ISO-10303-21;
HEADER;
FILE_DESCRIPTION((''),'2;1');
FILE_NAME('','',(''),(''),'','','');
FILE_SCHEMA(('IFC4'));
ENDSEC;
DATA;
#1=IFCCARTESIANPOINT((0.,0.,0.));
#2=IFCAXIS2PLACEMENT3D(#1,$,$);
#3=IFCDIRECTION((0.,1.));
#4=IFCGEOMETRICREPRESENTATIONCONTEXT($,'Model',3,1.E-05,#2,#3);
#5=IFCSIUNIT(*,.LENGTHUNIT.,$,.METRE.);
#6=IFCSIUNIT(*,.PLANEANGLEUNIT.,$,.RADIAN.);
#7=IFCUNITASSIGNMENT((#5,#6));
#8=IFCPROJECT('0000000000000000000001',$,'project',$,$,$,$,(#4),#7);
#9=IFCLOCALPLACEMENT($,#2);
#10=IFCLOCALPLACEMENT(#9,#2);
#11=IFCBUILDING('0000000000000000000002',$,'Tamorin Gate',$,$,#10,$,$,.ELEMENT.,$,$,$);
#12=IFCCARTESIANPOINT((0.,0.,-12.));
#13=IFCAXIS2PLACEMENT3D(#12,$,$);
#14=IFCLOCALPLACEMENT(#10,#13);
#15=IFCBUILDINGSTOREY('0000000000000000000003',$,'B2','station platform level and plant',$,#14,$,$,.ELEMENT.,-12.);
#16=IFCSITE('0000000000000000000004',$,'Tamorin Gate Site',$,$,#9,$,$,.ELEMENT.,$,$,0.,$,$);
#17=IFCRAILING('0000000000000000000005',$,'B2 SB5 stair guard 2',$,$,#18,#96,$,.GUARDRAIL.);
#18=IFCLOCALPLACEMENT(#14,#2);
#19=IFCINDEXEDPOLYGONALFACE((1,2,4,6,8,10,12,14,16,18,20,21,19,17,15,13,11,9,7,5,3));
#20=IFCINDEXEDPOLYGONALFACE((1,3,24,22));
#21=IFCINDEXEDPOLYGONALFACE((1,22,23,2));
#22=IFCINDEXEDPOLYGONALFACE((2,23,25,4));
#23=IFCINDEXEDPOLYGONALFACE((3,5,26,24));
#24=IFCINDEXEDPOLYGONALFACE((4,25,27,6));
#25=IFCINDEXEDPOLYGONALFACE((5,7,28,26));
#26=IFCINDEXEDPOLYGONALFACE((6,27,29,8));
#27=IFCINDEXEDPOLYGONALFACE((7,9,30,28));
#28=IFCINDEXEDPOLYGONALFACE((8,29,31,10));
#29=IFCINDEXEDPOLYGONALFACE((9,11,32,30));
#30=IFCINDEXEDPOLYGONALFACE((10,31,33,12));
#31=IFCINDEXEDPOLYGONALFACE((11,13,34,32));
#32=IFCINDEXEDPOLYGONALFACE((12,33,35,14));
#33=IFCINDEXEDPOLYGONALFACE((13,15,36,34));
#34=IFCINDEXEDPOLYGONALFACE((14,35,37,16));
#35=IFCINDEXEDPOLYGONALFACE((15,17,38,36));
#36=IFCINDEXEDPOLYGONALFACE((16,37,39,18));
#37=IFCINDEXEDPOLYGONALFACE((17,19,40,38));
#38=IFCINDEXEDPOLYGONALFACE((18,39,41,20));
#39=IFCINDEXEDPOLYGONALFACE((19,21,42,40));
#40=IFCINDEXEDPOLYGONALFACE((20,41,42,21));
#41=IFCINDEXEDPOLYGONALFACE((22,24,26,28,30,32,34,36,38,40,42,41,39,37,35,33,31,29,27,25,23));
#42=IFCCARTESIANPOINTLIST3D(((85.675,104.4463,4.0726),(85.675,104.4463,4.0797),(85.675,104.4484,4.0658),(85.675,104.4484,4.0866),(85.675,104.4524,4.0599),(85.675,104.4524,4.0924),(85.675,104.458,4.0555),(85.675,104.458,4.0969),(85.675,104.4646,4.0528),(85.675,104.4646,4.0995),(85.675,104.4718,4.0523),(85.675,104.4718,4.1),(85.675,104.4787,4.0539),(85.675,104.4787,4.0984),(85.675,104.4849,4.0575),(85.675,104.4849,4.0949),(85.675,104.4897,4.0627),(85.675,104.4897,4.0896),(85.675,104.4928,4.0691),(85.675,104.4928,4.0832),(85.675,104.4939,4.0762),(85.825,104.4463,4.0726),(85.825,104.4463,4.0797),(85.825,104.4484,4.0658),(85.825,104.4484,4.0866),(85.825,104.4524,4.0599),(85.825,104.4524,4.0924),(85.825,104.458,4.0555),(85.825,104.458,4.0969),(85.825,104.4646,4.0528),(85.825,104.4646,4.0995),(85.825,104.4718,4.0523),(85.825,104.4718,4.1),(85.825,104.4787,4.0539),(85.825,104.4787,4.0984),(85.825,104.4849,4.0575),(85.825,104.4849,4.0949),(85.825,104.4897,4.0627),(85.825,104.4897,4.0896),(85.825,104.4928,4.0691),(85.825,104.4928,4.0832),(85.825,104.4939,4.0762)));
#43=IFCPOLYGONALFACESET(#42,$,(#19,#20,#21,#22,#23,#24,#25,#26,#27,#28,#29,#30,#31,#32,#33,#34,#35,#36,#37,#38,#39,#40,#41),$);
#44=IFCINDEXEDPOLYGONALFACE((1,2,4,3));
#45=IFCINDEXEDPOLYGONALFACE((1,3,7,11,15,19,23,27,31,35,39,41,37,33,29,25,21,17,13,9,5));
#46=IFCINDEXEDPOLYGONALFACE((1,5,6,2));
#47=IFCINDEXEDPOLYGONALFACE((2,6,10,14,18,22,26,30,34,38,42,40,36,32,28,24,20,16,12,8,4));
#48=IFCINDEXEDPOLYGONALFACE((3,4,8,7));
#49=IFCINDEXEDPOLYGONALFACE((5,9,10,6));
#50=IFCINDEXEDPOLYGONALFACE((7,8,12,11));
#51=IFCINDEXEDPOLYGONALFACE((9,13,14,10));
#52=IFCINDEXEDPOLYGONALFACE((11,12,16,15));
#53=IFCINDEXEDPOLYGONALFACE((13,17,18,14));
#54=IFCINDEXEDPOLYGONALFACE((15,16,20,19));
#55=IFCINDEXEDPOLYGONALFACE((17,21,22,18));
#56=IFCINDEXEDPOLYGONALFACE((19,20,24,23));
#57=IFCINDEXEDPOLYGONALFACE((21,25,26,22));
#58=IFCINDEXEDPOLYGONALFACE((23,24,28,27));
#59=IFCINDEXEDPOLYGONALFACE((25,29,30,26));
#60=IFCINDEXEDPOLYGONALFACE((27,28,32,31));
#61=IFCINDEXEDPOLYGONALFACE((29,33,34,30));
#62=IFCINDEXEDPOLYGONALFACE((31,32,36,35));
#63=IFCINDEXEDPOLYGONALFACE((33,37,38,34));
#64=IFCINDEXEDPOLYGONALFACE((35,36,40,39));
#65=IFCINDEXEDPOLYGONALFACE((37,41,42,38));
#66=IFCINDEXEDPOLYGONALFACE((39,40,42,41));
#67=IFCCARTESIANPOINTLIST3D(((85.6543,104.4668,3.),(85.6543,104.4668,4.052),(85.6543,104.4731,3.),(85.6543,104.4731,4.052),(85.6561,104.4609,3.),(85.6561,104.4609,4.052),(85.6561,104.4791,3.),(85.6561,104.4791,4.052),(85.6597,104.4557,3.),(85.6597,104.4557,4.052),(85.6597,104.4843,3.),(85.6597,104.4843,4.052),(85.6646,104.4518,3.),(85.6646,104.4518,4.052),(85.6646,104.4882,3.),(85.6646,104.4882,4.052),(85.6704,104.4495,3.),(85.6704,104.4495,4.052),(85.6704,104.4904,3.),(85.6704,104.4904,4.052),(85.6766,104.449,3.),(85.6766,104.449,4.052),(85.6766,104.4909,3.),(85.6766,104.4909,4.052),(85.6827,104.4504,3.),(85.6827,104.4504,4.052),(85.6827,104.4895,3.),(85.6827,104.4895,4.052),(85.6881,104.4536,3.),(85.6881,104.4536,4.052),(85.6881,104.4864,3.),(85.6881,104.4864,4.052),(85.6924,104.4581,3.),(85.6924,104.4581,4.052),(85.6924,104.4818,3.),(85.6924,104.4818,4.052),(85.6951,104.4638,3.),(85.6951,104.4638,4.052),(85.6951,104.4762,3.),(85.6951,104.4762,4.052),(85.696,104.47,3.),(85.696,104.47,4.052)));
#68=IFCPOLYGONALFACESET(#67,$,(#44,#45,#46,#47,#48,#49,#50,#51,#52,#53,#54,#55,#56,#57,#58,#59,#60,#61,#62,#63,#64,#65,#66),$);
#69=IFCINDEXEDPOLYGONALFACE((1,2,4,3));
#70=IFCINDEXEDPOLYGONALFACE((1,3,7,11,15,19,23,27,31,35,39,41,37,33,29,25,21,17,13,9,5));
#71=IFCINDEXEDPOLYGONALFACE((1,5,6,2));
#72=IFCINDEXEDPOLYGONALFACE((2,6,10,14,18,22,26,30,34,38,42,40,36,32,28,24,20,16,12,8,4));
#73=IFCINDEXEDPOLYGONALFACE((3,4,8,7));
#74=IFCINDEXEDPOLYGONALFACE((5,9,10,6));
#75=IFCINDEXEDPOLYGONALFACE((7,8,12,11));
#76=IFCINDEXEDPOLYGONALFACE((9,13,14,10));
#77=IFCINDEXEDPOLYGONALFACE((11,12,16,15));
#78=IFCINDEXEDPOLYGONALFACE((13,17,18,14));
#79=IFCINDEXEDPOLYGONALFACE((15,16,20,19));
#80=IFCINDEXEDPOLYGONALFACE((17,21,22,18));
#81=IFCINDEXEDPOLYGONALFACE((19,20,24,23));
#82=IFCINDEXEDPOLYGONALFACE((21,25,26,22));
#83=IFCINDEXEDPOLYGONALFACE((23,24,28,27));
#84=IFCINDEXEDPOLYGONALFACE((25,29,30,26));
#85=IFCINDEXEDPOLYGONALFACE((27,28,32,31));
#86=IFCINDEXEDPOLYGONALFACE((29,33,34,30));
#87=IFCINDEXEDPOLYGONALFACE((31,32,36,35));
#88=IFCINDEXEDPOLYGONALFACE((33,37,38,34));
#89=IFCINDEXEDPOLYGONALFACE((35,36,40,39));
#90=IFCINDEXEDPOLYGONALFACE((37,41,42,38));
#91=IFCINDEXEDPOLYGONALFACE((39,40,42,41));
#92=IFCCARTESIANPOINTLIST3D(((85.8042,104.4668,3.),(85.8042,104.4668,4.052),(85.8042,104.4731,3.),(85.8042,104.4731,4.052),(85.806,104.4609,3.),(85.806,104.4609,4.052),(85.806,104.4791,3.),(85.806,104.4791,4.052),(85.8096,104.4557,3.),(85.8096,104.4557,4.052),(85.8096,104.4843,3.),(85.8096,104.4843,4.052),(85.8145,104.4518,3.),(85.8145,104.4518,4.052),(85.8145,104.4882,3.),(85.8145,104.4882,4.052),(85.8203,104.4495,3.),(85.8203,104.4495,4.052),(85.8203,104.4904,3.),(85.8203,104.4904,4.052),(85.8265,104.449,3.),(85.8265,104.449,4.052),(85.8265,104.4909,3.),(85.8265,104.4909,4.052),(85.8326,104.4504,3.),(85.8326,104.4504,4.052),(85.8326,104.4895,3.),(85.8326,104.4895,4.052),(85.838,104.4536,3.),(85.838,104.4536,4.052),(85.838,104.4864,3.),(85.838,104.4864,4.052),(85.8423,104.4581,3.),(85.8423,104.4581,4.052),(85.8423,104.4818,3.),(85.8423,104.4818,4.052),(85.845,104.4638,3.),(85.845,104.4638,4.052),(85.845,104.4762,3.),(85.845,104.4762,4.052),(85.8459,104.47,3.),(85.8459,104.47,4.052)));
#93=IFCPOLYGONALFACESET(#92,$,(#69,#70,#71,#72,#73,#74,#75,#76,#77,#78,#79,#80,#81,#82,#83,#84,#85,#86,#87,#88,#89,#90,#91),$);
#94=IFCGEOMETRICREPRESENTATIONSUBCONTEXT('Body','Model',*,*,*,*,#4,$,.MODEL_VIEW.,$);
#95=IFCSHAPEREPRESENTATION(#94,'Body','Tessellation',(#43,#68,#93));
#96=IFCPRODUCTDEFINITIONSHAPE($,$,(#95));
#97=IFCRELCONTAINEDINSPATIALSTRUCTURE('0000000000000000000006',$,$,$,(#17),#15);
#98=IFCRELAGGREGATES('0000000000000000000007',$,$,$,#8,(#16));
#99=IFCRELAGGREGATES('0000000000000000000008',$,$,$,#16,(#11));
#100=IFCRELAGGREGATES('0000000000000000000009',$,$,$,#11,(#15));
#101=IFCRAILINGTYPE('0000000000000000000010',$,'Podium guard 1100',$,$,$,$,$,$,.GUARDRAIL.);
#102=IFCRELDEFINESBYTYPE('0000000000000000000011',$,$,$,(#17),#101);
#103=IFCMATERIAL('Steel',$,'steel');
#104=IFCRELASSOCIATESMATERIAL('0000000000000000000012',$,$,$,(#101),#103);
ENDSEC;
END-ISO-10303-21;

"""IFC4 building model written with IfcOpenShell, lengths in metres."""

from ifc_helpers import new_model, si_unit, direction, frame, origin, origin_2d, place, context, subcontext, project, spatial, circle, extrude, material, type_object, element, save


model = new_model("IFC4")

# Units and contexts
model_context = context("Model", 3, precision=1e-05, world=origin(), true_north=direction((0.0, 1.0)))
body_context = subcontext(model_context, "Body", "Model", "MODEL_VIEW")
ifc_project = project(units=[si_unit("LENGTHUNIT", "METRE"), si_unit("PLANEANGLEUNIT", "RADIAN")], contexts=[model_context])

# Site, building, storey
site_placement = place(None, origin())
site = spatial("IfcSite", under=ifc_project, at=site_placement, Name="Tamorin Gate Site", CompositionType="ELEMENT", RefElevation=0.0)
building_placement = place(site_placement, origin())
building = spatial("IfcBuilding", under=site, at=building_placement, Name="Tamorin Gate", CompositionType="ELEMENT")
storey_placement = place(building_placement, frame((0.0, 0.0, -12.0)))
storey = spatial("IfcBuildingStorey", under=building, at=storey_placement, Name="B2", Description="station platform level and plant", CompositionType="ELEMENT", Elevation=-12.0)

# Railing
ifc_material_1 = material(Name="Steel", Category="steel")
railing_type = type_object("IfcRailingType", Name="Podium guard 1100", PredefinedType="GUARDRAIL", material=ifc_material_1)
railing_1_placement = place(storey_placement, frame((85.675, 104.47, 3.0)))
element("IfcRailing", 1, at=railing_1_placement, inside=storey, type_object=railing_type, Name="B2 SB5 stair guard 2", PredefinedType="GUARDRAIL", context=body_context, shape_type="SweptSolid", body=[
    extrude(circle(Radius=0.0239, at=origin_2d()), frame((0.0, 0.0, 1.0762), z_axis=(1.0, 0.0, 0.0), x_axis=(0.0, 1.0, 0.0)), (0.0, 0.0, 1.0), 0.1499),
    extrude(circle(Radius=0.021, at=origin_2d()), origin(), (0.0, 0.0, 1.0), 1.052),
    extrude(circle(Radius=0.021, at=origin_2d()), frame((0.1499, 0.0, 0.0)), (0.0, 0.0, 1.0), 1.052),
])

save(model, "model.ifc")
